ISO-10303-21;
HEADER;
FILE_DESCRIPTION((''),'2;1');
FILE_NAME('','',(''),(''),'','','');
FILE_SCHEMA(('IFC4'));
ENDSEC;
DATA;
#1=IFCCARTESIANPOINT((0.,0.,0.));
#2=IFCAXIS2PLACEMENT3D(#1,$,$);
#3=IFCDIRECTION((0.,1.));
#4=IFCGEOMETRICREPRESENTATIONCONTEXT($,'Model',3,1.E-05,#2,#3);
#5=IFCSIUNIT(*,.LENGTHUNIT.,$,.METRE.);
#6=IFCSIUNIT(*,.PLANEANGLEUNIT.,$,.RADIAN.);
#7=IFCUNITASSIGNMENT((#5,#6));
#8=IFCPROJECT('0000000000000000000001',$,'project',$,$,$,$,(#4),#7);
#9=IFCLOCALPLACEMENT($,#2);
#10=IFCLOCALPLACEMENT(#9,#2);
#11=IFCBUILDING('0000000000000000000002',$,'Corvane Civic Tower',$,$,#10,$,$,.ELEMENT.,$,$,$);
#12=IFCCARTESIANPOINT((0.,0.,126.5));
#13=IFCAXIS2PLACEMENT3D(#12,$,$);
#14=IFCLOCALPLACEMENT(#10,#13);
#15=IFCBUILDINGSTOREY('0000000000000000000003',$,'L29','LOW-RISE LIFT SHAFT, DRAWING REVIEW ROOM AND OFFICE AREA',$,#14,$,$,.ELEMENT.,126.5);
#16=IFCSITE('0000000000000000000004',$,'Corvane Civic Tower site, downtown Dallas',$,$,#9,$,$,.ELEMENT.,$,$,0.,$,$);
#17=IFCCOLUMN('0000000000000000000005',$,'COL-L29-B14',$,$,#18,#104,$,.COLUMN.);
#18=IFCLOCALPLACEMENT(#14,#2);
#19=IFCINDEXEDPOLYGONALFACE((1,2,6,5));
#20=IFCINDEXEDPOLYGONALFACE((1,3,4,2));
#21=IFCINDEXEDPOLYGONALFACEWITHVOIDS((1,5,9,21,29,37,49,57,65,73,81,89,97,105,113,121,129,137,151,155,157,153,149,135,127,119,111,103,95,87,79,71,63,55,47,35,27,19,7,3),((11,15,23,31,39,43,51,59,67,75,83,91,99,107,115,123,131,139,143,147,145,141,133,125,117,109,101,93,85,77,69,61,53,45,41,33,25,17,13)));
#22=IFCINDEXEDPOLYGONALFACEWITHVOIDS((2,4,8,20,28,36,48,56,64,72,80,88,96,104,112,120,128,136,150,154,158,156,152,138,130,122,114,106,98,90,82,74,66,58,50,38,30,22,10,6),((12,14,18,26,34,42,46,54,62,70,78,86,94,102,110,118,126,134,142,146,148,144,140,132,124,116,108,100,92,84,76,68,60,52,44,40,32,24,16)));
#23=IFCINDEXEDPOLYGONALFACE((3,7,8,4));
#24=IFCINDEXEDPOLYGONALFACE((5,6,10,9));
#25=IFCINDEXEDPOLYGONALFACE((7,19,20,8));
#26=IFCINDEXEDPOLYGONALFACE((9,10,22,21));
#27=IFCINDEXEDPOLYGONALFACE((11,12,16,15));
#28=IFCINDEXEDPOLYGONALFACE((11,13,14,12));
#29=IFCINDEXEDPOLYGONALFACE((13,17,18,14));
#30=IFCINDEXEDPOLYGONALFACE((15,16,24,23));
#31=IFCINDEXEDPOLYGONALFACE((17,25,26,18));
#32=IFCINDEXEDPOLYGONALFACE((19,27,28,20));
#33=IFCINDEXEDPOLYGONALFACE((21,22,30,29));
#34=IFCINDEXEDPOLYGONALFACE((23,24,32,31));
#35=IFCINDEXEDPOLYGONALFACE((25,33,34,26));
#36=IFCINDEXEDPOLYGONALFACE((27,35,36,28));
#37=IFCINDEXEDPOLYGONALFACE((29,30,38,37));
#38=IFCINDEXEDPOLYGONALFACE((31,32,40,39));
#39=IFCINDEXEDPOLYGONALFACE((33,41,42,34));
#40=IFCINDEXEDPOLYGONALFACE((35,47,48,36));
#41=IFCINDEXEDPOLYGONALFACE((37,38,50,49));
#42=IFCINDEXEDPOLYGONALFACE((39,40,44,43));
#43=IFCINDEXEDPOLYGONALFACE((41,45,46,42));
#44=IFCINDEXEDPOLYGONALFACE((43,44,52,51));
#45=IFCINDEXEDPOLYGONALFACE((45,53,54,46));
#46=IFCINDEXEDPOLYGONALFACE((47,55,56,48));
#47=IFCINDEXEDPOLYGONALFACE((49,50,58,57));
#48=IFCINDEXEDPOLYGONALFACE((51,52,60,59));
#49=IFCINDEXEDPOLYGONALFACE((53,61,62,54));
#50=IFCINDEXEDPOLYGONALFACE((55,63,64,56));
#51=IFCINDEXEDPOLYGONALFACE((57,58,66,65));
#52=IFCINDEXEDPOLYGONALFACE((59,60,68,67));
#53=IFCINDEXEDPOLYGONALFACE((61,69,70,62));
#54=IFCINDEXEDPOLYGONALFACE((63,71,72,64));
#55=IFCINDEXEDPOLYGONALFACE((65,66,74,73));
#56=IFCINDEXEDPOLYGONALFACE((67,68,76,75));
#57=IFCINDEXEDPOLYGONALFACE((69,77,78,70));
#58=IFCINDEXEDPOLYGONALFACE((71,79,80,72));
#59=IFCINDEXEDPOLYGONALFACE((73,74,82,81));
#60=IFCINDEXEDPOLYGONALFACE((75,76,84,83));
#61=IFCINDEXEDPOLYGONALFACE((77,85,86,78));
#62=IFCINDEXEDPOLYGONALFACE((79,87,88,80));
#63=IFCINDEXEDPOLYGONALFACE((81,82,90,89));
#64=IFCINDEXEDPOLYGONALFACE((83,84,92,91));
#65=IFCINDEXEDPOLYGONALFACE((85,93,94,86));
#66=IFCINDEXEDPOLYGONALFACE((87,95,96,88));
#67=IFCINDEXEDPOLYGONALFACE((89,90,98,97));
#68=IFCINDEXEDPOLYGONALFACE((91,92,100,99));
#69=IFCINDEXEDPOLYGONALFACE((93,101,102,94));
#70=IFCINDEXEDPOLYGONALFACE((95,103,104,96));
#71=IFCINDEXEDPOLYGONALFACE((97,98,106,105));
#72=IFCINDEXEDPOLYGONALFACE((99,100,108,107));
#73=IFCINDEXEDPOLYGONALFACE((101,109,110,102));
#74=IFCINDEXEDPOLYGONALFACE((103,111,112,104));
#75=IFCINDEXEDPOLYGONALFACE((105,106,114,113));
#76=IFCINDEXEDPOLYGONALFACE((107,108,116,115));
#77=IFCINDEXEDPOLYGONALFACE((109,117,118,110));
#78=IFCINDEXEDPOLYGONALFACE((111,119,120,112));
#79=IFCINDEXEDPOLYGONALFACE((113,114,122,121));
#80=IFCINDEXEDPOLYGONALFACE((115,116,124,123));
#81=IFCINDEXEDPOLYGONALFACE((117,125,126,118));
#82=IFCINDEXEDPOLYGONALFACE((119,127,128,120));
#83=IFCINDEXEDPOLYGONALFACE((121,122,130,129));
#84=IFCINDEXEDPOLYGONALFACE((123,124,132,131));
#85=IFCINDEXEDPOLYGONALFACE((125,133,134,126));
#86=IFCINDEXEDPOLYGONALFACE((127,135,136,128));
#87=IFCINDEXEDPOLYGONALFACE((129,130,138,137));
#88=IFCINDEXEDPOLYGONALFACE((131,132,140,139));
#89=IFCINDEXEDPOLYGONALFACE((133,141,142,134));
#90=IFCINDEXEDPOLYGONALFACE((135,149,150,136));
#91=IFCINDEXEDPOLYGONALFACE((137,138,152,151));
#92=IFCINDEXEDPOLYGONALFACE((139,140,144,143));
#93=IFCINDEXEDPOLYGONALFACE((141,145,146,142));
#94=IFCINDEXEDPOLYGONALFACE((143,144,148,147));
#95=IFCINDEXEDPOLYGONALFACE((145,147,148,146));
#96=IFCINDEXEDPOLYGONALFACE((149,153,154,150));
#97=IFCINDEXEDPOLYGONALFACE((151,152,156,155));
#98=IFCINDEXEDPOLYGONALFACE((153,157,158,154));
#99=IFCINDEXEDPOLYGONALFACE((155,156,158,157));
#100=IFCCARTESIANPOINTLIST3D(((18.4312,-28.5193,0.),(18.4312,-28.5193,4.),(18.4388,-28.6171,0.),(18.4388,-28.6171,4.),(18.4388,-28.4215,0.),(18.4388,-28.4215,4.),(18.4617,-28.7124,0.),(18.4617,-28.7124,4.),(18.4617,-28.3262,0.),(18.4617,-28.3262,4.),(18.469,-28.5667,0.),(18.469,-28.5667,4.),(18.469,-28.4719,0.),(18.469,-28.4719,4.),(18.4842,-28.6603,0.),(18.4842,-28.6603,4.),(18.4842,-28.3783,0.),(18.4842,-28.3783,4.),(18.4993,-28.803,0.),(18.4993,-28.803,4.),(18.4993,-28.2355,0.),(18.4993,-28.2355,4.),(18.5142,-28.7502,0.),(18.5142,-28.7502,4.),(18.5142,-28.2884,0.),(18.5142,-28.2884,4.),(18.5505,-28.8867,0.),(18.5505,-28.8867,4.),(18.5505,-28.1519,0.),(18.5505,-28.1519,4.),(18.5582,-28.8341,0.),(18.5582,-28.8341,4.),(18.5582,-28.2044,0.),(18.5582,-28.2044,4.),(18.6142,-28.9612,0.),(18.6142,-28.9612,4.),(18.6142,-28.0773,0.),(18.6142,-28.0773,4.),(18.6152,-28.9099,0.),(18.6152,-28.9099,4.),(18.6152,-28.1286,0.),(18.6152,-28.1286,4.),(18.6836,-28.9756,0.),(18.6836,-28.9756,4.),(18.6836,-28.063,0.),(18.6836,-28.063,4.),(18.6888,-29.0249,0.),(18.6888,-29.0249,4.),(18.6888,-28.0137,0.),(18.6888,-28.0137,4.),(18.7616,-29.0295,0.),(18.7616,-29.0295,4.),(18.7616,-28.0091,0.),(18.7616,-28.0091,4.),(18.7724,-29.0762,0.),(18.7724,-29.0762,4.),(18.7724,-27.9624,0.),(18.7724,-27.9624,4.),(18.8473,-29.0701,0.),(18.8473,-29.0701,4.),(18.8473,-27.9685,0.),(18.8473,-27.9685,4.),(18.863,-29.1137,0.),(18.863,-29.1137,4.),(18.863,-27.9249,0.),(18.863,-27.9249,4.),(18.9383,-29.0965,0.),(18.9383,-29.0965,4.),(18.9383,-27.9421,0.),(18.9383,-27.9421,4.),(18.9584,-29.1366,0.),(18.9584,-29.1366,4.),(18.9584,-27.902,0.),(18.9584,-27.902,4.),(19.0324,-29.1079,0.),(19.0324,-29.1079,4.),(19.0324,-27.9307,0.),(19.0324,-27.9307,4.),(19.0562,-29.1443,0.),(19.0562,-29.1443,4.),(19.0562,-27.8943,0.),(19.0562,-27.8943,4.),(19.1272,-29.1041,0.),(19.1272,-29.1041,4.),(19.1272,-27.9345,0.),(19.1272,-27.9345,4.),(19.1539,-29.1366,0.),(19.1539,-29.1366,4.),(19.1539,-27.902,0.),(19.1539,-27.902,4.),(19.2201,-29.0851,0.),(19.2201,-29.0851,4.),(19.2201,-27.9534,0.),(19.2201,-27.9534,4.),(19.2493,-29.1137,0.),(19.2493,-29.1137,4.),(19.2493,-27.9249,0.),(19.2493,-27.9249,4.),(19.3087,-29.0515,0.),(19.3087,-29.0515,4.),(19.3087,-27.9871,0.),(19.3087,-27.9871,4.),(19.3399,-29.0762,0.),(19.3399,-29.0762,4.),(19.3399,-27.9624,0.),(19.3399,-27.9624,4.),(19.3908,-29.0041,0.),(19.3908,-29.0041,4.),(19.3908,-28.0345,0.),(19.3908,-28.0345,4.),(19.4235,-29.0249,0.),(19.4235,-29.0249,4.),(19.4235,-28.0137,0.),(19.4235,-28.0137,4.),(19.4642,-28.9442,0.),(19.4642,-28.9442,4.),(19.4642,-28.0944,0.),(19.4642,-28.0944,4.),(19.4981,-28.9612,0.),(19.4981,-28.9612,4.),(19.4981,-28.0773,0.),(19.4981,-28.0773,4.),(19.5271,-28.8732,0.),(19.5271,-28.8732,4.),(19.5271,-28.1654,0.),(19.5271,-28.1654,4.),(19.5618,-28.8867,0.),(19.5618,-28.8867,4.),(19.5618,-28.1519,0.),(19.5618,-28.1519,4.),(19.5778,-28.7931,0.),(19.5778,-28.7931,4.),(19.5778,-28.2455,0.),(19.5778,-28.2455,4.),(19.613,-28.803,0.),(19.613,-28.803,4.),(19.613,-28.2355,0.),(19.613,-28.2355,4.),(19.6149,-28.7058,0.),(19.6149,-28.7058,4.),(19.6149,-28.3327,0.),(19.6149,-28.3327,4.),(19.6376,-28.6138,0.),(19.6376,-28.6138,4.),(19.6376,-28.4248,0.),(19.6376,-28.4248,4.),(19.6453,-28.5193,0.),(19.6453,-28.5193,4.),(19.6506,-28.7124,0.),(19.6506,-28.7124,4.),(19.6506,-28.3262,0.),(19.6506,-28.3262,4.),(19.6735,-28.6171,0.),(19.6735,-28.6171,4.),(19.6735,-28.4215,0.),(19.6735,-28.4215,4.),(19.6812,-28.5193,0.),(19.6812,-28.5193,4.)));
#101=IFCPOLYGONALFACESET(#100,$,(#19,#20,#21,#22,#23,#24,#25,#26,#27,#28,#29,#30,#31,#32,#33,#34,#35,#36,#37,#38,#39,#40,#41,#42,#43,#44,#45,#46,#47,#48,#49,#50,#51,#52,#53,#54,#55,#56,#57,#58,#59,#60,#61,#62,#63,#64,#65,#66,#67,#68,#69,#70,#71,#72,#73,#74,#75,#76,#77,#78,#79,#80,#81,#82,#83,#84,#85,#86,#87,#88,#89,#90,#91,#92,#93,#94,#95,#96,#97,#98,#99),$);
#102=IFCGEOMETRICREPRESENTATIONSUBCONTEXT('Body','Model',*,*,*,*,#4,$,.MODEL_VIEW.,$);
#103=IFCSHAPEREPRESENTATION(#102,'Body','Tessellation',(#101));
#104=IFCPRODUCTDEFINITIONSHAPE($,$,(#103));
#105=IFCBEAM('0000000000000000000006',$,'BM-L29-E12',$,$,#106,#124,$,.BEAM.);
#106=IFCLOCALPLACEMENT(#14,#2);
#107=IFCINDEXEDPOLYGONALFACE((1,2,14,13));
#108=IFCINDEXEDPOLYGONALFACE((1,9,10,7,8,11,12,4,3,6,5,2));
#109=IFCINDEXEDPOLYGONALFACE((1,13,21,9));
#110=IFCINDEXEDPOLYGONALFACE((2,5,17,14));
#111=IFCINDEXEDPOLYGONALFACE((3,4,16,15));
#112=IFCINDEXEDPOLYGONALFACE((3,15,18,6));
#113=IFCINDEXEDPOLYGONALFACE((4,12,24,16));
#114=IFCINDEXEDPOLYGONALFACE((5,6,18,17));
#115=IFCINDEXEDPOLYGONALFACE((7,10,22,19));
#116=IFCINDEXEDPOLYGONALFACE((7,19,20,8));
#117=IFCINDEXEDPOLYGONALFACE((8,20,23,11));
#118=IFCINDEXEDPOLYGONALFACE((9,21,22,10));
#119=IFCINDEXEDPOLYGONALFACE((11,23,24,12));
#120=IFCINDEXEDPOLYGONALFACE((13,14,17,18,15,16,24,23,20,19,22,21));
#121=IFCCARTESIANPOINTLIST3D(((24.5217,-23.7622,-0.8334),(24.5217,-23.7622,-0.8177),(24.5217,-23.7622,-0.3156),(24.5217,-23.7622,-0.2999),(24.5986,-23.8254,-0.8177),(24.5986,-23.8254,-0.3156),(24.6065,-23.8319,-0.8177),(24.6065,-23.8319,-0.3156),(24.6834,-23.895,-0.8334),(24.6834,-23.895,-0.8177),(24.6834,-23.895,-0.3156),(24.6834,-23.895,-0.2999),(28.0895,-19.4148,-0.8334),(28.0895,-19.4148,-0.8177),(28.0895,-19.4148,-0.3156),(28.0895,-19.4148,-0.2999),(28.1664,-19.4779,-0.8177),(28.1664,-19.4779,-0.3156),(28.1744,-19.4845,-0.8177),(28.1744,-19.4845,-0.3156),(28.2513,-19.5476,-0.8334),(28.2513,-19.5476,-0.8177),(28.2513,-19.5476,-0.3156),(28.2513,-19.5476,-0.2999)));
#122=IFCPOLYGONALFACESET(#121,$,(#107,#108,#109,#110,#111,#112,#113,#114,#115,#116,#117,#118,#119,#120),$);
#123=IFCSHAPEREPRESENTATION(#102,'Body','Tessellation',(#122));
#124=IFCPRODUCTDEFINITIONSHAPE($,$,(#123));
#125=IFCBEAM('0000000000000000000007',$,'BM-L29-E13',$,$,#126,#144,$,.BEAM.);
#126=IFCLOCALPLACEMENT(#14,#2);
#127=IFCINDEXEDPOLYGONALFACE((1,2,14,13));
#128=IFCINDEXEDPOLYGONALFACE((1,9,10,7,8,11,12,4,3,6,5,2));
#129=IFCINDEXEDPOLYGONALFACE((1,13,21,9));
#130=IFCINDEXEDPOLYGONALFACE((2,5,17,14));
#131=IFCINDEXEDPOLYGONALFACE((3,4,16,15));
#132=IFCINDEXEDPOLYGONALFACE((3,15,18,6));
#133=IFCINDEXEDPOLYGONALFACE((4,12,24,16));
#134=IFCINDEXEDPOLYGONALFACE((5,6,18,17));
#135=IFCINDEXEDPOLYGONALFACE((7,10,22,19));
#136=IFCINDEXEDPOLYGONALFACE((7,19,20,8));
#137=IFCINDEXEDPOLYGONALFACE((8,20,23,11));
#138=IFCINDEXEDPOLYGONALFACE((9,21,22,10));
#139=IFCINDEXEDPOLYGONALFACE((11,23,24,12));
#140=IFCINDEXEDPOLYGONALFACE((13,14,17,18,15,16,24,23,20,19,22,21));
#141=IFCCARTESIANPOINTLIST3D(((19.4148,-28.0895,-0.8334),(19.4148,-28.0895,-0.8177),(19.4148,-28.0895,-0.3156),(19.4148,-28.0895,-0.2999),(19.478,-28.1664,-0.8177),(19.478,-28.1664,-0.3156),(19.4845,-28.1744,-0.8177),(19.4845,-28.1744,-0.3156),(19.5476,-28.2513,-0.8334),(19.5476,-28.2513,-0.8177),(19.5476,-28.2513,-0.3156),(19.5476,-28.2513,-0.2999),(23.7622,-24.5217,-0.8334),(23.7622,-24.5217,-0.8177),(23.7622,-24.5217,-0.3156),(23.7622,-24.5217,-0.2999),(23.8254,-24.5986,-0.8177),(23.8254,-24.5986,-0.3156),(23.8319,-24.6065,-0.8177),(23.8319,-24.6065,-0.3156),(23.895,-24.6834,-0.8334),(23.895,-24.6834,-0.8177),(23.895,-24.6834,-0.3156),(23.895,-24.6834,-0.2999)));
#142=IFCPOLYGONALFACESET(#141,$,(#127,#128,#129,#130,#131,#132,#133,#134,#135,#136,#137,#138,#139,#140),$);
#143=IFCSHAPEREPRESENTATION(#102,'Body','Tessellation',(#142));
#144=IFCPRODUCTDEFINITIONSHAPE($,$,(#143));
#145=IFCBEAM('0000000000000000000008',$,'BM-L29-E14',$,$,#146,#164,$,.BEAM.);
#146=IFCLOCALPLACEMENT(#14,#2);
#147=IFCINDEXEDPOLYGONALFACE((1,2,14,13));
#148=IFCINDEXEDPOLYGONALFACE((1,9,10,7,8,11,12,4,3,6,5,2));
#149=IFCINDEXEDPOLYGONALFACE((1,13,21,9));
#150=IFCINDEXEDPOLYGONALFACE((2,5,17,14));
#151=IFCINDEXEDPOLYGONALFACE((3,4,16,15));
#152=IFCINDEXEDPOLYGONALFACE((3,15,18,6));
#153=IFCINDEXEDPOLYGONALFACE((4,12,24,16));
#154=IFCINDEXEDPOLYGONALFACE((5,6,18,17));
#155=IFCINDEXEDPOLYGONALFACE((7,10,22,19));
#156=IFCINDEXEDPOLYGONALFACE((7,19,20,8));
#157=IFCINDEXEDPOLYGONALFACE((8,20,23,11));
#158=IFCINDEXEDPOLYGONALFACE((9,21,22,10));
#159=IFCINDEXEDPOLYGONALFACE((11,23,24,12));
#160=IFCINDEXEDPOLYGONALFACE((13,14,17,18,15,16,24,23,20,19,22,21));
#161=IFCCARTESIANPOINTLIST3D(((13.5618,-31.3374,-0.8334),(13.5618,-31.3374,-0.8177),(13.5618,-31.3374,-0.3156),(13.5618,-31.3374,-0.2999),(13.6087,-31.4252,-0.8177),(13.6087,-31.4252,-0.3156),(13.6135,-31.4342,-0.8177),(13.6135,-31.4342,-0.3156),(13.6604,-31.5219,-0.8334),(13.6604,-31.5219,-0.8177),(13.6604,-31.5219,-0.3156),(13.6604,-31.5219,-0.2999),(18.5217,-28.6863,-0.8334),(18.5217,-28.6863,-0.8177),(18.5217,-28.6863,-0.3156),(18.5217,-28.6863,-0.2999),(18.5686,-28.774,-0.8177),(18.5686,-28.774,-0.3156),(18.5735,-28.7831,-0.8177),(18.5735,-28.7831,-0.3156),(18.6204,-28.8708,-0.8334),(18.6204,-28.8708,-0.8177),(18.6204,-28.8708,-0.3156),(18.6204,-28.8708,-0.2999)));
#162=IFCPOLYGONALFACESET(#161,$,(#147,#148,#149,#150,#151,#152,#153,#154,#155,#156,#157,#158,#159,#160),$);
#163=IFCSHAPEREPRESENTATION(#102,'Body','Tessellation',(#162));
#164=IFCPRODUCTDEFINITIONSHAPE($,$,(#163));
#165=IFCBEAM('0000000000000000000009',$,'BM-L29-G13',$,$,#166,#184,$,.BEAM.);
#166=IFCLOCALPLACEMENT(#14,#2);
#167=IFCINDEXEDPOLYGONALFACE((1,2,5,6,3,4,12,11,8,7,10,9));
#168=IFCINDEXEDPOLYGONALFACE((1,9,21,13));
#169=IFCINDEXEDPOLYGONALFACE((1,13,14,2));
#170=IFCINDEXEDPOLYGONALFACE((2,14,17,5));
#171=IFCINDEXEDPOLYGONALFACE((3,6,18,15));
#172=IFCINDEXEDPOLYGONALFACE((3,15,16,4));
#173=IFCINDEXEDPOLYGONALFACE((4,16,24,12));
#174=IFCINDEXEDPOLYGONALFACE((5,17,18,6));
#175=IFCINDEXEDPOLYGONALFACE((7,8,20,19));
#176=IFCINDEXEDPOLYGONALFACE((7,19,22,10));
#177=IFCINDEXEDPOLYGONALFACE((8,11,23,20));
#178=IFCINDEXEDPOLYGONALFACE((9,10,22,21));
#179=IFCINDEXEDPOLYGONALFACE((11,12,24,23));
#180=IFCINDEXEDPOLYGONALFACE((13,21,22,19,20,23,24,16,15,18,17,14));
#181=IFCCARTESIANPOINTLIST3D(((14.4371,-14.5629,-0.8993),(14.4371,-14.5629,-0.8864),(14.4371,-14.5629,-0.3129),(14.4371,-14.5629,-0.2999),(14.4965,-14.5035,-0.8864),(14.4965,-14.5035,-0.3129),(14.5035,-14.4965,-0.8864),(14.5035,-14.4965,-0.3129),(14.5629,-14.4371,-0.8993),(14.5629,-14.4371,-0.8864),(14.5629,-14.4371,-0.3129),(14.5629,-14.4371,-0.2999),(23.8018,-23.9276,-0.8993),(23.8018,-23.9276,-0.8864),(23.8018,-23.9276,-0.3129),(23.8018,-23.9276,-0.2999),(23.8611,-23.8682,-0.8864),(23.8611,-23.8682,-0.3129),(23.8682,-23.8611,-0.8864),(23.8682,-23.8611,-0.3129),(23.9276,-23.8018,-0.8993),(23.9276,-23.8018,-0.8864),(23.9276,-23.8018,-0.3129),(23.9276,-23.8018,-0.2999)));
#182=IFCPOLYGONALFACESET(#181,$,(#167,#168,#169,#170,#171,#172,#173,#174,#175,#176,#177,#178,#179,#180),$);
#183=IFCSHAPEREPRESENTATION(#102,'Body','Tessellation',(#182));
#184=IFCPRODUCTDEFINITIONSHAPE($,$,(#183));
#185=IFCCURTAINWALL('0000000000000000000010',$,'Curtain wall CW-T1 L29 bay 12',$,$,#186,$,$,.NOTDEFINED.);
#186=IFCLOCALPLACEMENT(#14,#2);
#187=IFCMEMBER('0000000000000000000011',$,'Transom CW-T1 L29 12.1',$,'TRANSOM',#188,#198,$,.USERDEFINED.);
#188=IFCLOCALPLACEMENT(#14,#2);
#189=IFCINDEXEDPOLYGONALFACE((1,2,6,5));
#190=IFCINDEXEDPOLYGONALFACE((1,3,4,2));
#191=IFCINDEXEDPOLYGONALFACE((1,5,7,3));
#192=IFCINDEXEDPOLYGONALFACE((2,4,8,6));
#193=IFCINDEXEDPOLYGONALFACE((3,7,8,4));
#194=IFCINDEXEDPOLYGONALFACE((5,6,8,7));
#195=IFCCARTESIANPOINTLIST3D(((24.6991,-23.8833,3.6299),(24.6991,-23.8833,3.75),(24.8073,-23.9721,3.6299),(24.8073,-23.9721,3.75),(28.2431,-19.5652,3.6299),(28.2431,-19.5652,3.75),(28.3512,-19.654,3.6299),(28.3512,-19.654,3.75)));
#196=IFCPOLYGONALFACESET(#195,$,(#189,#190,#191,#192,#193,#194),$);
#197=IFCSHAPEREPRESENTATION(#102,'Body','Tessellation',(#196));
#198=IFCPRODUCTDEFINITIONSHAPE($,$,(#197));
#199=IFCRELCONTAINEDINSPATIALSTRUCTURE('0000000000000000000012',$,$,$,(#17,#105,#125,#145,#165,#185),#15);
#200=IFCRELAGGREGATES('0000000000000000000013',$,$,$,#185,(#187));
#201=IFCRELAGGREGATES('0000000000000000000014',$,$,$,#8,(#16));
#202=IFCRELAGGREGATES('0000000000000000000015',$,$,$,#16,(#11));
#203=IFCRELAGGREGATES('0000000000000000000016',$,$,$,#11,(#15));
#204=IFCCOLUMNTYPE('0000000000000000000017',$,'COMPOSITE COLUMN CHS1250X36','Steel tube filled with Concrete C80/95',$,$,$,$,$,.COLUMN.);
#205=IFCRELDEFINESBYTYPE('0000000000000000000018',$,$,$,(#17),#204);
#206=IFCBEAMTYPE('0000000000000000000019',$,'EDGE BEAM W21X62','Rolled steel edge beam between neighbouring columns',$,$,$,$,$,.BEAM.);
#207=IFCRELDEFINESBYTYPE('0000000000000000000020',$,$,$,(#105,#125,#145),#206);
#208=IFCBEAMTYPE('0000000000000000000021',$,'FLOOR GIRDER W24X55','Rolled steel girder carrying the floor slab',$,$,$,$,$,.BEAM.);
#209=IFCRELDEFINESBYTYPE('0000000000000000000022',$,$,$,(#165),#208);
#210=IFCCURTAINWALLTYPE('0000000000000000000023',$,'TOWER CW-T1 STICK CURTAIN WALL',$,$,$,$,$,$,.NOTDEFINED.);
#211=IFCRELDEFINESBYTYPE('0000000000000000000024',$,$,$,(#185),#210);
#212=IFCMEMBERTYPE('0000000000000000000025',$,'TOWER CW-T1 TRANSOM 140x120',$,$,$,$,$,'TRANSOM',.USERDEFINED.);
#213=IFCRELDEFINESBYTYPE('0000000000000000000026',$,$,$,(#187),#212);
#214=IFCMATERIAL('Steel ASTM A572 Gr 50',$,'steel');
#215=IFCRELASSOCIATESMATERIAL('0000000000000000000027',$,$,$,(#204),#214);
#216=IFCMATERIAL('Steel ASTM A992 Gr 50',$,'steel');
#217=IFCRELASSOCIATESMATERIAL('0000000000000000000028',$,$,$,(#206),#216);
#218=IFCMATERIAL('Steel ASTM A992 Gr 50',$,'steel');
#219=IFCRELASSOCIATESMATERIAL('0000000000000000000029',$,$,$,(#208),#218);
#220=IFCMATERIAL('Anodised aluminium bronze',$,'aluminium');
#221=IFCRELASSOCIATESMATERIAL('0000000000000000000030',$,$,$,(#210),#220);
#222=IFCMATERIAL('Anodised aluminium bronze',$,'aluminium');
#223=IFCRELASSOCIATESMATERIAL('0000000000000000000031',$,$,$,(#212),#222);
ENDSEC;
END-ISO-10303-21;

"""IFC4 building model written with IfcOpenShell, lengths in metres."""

from ifc_helpers import new_model, si_unit, direction, frame, origin, origin_2d, place, context, subcontext, project, spatial, rectangle, hollow_circle, i_section, extrude, material, material_profile, profile_set, type_object, element, aggregate, save


model = new_model("IFC4")

# Units and contexts
model_context = context("Model", 3, precision=1e-05, world=origin(), true_north=direction((0.0, 1.0)))
body_context = subcontext(model_context, "Body", "Model", "MODEL_VIEW")
ifc_project = project(units=[si_unit("LENGTHUNIT", "METRE"), si_unit("PLANEANGLEUNIT", "RADIAN")], contexts=[model_context])

# Site, building, storey
site_placement = place(None, origin())
site = spatial("IfcSite", under=ifc_project, at=site_placement, Name="Corvane Civic Tower site, downtown Dallas", CompositionType="ELEMENT", RefElevation=0.0)
building_placement = place(site_placement, origin())
building = spatial("IfcBuilding", under=site, at=building_placement, Name="Corvane Civic Tower", CompositionType="ELEMENT")
storey_placement = place(building_placement, frame((0.0, 0.0, 126.5)))
storey = spatial("IfcBuildingStorey", under=building, at=storey_placement, Name="L29", Description="LOW-RISE LIFT SHAFT, DRAWING REVIEW ROOM AND OFFICE AREA", CompositionType="ELEMENT", Elevation=126.5)

# Column
ifc_material_1 = material(Name="Steel ASTM A572 Gr 50", Category="steel")
ifc_material_profile_1 = material_profile(ifc_material_1, hollow_circle(Radius=0.625, WallThickness=0.0359, at=origin_2d()), Name="CHS1250X36")
ifc_profile_set_1 = profile_set([ifc_material_profile_1], Name="Steel ASTM A572 Gr 50")
column_type = type_object("IfcColumnType", Name="COMPOSITE COLUMN CHS1250X36", Description="Steel tube filled with Concrete C80/95", PredefinedType="COLUMN", material=ifc_profile_set_1)
for number, where, z_axis, x_axis, name in (
    (1, (19.0562, -28.5193, 0.0), (0.0, 0.0, 1.0), (1.0, 0.0, 0.0), "COL-L29-B14"),
):
    element("IfcColumn", number, at=place(storey_placement, frame(where, z_axis=z_axis, x_axis=x_axis)), inside=storey, type_object=column_type, Name=name, PredefinedType="COLUMN", context=body_context, shape_type="SweptSolid", body=[
        extrude(hollow_circle(Radius=0.625, WallThickness=0.0359, at=origin_2d()), origin(), (0.0, 0.0, 1.0), 4.0),
    ])

# Beams
ifc_material_2 = material(Name="Steel ASTM A992 Gr 50", Category="steel")
ifc_material_profile_2 = material_profile(ifc_material_2, i_section(OverallWidth=0.2092, OverallDepth=0.5334, WebThickness=0.0103, FlangeThickness=0.0156, at=origin_2d()), Name="W21X62")
ifc_profile_set_2 = profile_set([ifc_material_profile_2], Name="Steel ASTM A992 Gr 50")
beam_type_1 = type_object("IfcBeamType", Name="EDGE BEAM W21X62", Description="Rolled steel edge beam between neighbouring columns", PredefinedType="BEAM", material=ifc_profile_set_2)
for number, where, z_axis, x_axis, name in (
    (2, (28.1704, -19.4812, -0.5667), (-0.634398, -0.773007, 0.0), (0.773007, -0.634398, 0.0), "BM-L29-E12"),
    (3, (23.8286, -24.6025, -0.5667), (-0.773007, -0.634398, 0.0), (0.634398, -0.773007, 0.0), "BM-L29-E13"),
    (4, (18.571, -28.7786, -0.5667), (-0.881924, -0.471392, 0.0), (0.471392, -0.881924, 0.0), "BM-L29-E14"),
):
    element("IfcBeam", number, at=place(storey_placement, frame(where, z_axis=z_axis, x_axis=x_axis)), inside=storey, type_object=beam_type_1, Name=name, PredefinedType="BEAM", context=body_context, shape_type="SweptSolid", body=[
        extrude(i_section(OverallWidth=0.2092, OverallDepth=0.5334, WebThickness=0.0103, FlangeThickness=0.0156, at=origin_2d()), origin(), (0.0, 0.0, 1.0), 5.624),
    ])
ifc_material_3 = material(Name="Steel ASTM A992 Gr 50", Category="steel")
ifc_material_profile_3 = material_profile(ifc_material_3, i_section(OverallWidth=0.178, OverallDepth=0.5994, WebThickness=0.01, FlangeThickness=0.0129, at=origin_2d()), Name="W24X55")
ifc_profile_set_3 = profile_set([ifc_material_profile_3], Name="Steel ASTM A992 Gr 50")
beam_type_2 = type_object("IfcBeamType", Name="FLOOR GIRDER W24X55", Description="Rolled steel girder carrying the floor slab", PredefinedType="BEAM", material=ifc_profile_set_3)
beam_placement = place(storey_placement, frame((14.5, -14.5, -0.5996), z_axis=(0.707107, -0.707107, 0.0), x_axis=(0.707107, 0.707107, 0.0)))
element("IfcBeam", 5, at=beam_placement, inside=storey, type_object=beam_type_2, Name="BM-L29-G13", PredefinedType="BEAM", context=body_context, shape_type="SweptSolid", body=[
    extrude(i_section(OverallWidth=0.178, OverallDepth=0.5994, WebThickness=0.01, FlangeThickness=0.0129, at=origin_2d()), origin(), (0.0, 0.0, 1.0), 13.2437),
])

# Curtain wall, member
ifc_material_4 = material(Name="Anodised aluminium bronze", Category="aluminium")
curtain_wall_type = type_object("IfcCurtainWallType", Name="TOWER CW-T1 STICK CURTAIN WALL", PredefinedType="NOTDEFINED", material=ifc_material_4)
curtain_wall_1_placement = place(storey_placement, origin())
curtain_wall_1 = element("IfcCurtainWall", 6, at=curtain_wall_1_placement, inside=storey, type_object=curtain_wall_type, Name="Curtain wall CW-T1 L29 bay 12", PredefinedType="NOTDEFINED")
ifc_material_5 = material(Name="Anodised aluminium bronze", Category="aluminium")
ifc_material_profile_4 = material_profile(ifc_material_5, rectangle(XDim=0.1399, YDim=0.1201, at=origin_2d()), Name="TOWER CW-T1 TRANSOM 140x120")
ifc_profile_set_4 = profile_set([ifc_material_profile_4], Name="Anodised aluminium bronze")
member_type = type_object("IfcMemberType", Name="TOWER CW-T1 TRANSOM 140x120", ElementType="TRANSOM", PredefinedType="USERDEFINED", material=ifc_profile_set_4)
member_1_placement = place(storey_placement, frame((28.2971, -19.6096, 3.6899), z_axis=(-0.63441, -0.772996, 0.0), x_axis=(0.772996, -0.63441, 0.0)))
member_1 = element("IfcMember", 7, at=member_1_placement, type_object=member_type, Name="Transom CW-T1 L29 12.1", ObjectType="TRANSOM", PredefinedType="USERDEFINED", context=body_context, shape_type="SweptSolid", body=[
    extrude(rectangle(XDim=0.1399, YDim=0.1201, at=origin_2d()), origin(), (0.0, 0.0, 1.0), 5.5862),
])

aggregate(curtain_wall_1, [member_1])

save(model, "model.ifc")
